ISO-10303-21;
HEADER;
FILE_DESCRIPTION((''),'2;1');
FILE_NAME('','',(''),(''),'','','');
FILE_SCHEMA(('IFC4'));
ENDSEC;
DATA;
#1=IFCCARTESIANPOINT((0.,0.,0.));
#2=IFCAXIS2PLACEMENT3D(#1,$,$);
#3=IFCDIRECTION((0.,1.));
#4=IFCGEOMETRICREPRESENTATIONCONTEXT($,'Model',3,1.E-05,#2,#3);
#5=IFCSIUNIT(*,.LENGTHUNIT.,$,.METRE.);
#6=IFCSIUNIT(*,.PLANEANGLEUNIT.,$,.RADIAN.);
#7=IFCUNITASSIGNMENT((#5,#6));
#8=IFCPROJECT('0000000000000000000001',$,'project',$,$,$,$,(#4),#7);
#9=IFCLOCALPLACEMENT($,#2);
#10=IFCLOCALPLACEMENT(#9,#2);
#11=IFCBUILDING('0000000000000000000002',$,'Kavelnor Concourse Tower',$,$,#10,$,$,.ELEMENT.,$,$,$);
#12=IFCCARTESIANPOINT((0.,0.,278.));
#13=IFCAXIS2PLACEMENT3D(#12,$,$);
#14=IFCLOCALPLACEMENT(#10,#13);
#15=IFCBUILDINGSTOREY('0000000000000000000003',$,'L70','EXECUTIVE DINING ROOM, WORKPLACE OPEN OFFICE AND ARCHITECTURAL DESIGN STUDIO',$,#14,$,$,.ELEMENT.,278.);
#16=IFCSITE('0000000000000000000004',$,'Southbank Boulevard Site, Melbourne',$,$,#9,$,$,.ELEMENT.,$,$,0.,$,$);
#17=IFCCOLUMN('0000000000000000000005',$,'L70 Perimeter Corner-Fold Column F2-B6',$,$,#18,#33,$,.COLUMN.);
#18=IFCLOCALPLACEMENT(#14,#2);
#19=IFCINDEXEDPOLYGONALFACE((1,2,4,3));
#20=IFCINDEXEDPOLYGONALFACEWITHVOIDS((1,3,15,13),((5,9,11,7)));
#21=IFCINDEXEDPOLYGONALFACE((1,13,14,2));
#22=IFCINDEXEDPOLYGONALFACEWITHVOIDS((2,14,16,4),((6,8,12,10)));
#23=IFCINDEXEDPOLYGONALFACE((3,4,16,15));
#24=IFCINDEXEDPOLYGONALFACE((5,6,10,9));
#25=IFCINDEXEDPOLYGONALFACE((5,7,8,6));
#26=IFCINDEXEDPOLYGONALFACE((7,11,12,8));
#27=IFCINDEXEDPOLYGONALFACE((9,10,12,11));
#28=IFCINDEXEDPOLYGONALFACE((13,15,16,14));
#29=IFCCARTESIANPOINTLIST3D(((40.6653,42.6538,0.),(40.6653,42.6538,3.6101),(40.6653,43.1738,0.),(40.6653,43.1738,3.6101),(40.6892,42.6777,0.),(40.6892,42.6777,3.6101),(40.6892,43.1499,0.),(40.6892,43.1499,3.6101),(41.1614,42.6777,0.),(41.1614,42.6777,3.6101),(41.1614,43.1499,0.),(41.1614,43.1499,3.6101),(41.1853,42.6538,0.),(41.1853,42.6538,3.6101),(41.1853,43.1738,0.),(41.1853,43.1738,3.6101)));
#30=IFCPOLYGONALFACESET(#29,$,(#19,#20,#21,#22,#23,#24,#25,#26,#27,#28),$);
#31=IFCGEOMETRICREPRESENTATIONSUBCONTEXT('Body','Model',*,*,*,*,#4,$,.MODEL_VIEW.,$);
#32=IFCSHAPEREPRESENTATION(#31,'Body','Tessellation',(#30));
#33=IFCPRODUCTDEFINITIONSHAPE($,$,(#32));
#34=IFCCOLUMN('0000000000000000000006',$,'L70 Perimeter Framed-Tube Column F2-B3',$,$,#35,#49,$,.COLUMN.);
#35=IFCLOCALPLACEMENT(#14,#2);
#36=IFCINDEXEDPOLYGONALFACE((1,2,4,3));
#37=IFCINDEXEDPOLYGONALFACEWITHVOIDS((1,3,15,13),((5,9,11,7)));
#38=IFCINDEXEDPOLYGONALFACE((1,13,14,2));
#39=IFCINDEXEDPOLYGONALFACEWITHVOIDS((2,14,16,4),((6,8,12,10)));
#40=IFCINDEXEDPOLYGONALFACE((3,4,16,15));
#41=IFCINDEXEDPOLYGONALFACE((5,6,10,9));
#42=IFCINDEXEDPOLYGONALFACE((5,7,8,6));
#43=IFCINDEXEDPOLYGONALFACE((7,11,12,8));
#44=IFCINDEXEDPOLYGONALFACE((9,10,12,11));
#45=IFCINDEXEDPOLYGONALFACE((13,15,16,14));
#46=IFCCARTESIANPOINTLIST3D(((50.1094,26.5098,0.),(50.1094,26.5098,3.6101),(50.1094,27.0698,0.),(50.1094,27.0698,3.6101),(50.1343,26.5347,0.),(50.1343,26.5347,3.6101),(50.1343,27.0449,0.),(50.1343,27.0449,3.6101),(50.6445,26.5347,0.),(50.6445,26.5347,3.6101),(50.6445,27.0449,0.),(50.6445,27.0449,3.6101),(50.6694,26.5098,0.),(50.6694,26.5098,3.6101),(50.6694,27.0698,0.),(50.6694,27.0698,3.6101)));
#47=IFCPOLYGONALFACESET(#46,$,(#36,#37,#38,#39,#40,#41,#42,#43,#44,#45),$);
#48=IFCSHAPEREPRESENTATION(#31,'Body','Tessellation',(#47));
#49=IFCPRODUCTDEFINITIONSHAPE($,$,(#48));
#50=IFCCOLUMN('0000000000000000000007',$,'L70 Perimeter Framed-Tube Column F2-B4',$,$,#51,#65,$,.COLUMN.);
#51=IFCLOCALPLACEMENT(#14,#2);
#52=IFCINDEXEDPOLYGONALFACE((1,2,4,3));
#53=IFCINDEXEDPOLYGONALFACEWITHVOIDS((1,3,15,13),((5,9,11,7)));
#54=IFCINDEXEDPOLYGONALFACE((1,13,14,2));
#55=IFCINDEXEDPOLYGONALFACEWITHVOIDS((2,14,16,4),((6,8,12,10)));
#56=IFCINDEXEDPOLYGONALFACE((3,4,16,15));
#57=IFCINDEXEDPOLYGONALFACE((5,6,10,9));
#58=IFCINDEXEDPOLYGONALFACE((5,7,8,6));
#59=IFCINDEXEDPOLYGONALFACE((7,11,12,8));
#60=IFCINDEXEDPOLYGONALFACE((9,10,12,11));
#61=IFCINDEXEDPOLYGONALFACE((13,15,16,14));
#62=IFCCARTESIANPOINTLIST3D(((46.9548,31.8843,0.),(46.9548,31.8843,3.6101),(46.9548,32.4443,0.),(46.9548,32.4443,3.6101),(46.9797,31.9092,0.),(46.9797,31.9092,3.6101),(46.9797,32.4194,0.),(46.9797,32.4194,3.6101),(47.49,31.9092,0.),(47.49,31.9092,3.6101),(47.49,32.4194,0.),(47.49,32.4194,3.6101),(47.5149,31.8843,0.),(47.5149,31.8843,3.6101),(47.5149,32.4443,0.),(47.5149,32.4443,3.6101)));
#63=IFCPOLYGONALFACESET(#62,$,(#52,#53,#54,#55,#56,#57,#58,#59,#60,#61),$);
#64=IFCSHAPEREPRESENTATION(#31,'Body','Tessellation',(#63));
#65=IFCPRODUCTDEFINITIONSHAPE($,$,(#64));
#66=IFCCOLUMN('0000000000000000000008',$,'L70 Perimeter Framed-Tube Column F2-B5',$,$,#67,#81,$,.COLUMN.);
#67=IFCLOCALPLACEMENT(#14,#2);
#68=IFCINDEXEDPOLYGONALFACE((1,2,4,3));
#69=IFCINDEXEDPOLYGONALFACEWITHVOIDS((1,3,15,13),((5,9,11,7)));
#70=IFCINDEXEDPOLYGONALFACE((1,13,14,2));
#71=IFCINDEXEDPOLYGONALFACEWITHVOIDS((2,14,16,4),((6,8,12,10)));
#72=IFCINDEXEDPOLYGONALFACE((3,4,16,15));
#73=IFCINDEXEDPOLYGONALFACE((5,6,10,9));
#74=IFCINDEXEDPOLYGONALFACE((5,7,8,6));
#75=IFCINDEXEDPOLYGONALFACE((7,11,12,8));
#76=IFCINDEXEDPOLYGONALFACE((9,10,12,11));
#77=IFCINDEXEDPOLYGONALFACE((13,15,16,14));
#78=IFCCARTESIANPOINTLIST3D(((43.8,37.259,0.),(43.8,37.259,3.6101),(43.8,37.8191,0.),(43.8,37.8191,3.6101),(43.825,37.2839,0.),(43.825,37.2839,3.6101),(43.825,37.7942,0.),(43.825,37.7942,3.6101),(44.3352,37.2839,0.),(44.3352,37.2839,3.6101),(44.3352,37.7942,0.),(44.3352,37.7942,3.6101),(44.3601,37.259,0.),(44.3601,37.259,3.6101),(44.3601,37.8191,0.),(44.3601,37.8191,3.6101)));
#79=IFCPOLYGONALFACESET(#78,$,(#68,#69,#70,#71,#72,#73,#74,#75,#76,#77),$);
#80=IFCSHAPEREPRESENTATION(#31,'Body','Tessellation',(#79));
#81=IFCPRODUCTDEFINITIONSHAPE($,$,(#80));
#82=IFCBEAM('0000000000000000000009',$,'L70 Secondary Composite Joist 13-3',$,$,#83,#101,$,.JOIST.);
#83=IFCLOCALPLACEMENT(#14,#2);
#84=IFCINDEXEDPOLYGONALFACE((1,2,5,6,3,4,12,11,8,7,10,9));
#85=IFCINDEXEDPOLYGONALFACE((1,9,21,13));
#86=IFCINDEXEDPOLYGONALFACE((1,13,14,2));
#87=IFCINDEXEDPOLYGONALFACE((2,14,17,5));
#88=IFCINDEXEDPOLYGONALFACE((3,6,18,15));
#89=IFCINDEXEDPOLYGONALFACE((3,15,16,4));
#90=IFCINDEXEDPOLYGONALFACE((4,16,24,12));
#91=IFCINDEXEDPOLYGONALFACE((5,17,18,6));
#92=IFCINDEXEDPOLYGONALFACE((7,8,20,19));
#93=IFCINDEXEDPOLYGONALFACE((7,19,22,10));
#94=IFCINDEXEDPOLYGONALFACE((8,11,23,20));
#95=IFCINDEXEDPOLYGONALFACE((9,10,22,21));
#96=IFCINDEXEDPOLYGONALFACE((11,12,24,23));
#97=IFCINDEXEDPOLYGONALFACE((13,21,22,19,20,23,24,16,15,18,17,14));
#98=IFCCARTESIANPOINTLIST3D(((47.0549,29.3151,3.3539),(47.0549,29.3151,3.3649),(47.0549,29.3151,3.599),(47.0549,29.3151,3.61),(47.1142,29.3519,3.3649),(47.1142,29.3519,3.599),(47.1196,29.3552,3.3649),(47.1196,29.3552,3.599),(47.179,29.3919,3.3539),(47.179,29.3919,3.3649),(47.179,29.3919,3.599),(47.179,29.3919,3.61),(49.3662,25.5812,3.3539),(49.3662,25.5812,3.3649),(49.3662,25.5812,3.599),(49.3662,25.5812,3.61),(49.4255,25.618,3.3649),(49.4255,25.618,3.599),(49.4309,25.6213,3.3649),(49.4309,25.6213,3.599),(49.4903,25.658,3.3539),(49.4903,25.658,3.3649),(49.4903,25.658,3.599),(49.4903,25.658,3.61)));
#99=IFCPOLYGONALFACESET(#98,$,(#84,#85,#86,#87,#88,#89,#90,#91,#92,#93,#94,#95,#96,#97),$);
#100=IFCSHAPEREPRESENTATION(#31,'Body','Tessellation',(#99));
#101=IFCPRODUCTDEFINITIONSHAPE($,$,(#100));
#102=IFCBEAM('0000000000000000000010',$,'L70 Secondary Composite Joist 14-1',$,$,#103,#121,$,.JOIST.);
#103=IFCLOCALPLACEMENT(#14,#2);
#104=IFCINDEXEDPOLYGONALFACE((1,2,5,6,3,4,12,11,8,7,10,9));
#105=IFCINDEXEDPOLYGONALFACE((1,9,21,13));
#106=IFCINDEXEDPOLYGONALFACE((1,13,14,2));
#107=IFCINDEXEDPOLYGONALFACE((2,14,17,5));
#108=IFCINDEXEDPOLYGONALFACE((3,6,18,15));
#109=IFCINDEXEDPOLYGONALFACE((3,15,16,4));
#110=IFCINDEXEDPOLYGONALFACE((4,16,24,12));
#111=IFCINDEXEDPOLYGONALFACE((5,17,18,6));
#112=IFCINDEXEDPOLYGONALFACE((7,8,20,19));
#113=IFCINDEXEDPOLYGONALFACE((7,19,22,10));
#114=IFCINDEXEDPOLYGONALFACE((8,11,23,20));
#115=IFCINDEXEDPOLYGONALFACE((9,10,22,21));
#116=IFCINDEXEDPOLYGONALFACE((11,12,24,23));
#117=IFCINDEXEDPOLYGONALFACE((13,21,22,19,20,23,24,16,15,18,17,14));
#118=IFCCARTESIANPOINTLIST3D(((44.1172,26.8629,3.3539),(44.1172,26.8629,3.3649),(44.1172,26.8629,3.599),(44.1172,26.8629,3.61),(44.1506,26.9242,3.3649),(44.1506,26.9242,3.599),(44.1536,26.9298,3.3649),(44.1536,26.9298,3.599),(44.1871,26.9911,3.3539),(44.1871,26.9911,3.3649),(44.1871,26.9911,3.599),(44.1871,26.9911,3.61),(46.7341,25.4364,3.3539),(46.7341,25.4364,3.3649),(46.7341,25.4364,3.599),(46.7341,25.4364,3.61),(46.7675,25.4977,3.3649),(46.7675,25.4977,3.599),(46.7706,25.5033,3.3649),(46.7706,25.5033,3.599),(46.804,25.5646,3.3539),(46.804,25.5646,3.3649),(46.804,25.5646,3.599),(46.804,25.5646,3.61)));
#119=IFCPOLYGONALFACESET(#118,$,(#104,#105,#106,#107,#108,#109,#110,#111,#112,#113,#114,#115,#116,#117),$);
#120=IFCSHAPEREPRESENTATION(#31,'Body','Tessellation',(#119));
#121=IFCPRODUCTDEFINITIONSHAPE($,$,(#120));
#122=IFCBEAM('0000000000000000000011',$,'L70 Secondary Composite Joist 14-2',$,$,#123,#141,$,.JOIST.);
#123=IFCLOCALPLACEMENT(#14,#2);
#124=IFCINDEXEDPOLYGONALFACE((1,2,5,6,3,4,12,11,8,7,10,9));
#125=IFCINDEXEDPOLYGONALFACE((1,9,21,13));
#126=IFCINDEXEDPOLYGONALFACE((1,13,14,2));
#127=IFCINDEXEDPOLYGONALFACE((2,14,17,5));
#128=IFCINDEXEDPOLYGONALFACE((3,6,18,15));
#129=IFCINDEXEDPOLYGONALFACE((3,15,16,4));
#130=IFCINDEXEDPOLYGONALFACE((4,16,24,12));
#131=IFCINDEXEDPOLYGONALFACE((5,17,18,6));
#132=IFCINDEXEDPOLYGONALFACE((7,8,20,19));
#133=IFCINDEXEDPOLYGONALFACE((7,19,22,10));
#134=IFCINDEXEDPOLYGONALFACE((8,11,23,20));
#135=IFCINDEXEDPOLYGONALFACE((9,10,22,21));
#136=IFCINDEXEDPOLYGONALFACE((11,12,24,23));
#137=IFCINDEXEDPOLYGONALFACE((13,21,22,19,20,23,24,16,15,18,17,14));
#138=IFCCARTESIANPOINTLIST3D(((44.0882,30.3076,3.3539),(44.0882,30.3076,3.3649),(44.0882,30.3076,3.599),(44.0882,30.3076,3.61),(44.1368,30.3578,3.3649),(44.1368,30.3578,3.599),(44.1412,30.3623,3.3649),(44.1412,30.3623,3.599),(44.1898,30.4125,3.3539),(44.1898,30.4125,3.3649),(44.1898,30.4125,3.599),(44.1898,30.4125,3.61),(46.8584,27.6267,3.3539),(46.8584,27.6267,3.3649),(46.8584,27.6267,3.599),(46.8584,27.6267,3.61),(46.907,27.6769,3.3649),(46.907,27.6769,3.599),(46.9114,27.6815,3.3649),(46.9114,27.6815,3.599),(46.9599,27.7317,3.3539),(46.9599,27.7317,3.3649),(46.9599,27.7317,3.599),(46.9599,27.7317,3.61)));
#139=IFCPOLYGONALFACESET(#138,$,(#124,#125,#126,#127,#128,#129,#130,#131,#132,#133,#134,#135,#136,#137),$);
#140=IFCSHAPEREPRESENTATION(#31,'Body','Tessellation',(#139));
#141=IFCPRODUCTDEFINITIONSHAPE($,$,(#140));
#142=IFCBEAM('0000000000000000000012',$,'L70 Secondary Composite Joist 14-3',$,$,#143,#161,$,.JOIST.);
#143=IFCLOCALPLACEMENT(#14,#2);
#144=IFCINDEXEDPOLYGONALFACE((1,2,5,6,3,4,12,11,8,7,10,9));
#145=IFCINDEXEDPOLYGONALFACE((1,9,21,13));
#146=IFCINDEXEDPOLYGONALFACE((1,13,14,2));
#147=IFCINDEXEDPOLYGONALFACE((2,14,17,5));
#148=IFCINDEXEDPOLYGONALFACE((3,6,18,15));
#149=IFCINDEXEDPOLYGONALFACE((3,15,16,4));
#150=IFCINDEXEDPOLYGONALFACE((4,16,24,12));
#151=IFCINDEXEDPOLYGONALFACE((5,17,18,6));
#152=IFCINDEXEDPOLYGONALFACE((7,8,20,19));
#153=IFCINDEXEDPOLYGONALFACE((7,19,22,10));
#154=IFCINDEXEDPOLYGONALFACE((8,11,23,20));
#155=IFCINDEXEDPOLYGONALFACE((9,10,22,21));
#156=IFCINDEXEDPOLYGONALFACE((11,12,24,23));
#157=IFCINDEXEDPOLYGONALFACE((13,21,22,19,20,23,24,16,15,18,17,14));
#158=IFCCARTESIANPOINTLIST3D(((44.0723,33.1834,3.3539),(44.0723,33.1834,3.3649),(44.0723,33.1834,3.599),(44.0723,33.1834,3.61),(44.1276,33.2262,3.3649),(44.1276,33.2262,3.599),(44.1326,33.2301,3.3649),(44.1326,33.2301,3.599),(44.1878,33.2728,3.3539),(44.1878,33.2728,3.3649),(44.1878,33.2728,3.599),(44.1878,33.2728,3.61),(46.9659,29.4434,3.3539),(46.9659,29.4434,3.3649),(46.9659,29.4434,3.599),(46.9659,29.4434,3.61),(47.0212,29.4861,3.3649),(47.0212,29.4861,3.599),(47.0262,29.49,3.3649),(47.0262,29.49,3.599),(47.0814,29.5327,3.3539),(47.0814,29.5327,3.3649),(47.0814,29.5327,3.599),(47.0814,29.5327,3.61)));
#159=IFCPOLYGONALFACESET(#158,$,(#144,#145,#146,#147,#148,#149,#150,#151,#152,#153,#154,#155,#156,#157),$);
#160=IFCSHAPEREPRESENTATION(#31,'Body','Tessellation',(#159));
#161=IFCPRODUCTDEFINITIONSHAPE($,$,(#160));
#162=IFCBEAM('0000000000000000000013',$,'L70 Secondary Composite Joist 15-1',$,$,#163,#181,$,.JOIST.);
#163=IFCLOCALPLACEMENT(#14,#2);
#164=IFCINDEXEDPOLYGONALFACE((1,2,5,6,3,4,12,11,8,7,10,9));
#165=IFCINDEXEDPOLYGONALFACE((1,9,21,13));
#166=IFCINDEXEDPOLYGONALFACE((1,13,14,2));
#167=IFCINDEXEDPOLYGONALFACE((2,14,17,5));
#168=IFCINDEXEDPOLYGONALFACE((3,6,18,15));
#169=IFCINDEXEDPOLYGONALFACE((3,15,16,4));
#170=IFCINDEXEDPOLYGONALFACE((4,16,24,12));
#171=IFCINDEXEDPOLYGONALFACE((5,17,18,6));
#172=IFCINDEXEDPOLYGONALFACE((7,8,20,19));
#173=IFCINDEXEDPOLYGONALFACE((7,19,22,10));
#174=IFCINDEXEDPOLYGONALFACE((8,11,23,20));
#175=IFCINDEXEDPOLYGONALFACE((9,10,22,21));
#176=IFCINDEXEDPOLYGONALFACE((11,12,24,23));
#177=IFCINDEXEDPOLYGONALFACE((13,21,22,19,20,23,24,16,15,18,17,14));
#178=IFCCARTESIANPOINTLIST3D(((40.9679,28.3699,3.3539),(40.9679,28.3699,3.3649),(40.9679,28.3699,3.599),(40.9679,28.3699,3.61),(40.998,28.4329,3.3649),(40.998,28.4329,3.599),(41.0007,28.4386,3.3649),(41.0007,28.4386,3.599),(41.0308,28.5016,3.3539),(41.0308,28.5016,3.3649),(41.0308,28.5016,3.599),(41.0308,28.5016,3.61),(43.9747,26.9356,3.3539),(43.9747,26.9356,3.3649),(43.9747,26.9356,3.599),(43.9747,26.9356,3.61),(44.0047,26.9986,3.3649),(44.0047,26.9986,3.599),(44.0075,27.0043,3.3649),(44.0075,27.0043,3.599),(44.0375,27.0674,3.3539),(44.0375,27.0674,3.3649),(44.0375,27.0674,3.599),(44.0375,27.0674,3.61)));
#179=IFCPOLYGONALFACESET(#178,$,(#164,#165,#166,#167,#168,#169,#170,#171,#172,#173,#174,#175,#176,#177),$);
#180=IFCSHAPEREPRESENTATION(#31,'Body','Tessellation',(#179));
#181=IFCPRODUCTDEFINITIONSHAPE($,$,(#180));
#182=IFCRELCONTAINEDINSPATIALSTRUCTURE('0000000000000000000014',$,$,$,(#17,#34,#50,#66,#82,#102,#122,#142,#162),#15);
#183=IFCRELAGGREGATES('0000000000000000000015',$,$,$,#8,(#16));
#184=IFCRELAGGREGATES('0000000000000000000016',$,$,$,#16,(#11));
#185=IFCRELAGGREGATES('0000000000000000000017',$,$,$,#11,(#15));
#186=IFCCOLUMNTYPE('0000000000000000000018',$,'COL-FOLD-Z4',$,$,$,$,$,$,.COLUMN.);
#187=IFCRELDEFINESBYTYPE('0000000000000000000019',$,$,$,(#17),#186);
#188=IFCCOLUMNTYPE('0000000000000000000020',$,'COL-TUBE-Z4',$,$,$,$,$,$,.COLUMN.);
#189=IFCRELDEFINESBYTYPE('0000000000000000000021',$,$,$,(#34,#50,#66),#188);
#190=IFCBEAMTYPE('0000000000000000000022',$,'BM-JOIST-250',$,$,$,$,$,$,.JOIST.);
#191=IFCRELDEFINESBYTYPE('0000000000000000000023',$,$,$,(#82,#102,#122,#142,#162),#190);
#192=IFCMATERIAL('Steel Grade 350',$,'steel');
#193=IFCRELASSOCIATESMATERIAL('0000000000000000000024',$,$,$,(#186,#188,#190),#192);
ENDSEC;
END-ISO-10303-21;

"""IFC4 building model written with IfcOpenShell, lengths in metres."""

from ifc_helpers import new_model, si_unit, direction, frame, origin, origin_2d, place, context, subcontext, project, spatial, hollow_rectangle, i_section, extrude, material, material_profile, profile_set, type_object, element, save


model = new_model("IFC4")

# Units and contexts
model_context = context("Model", 3, precision=1e-05, world=origin(), true_north=direction((0.0, 1.0)))
body_context = subcontext(model_context, "Body", "Model", "MODEL_VIEW")
ifc_project = project(units=[si_unit("LENGTHUNIT", "METRE"), si_unit("PLANEANGLEUNIT", "RADIAN")], contexts=[model_context])

# Site, building, storey
site_placement = place(None, origin())
site = spatial("IfcSite", under=ifc_project, at=site_placement, Name="Southbank Boulevard Site, Melbourne", CompositionType="ELEMENT", RefElevation=0.0)
building_placement = place(site_placement, origin())
building = spatial("IfcBuilding", under=site, at=building_placement, Name="Kavelnor Concourse Tower", CompositionType="ELEMENT")
storey_placement = place(building_placement, frame((0.0, 0.0, 278.0)))
storey = spatial("IfcBuildingStorey", under=building, at=storey_placement, Name="L70", Description="EXECUTIVE DINING ROOM, WORKPLACE OPEN OFFICE AND ARCHITECTURAL DESIGN STUDIO", CompositionType="ELEMENT", Elevation=278.0)

# Columns
ifc_material_1 = material(Name="Steel Grade 350", Category="steel")
ifc_material_profile_1 = material_profile(ifc_material_1, hollow_rectangle(XDim=0.52, YDim=0.52, WallThickness=0.0239, at=origin_2d()), Name="SHS 520x520x24")
ifc_profile_set_1 = profile_set([ifc_material_profile_1], Name="Steel Grade 350")
column_type_1 = type_object("IfcColumnType", Name="COL-FOLD-Z4", PredefinedType="COLUMN", material=ifc_profile_set_1)
column_placement = place(storey_placement, frame((40.9253, 42.9138, 0.0), z_axis=(0.0, 0.0, 1.0), x_axis=(1.0, 0.0, 0.0)))
element("IfcColumn", 1, at=column_placement, inside=storey, type_object=column_type_1, Name="L70 Perimeter Corner-Fold Column F2-B6", PredefinedType="COLUMN", context=body_context, shape_type="SweptSolid", body=[
    extrude(hollow_rectangle(XDim=0.52, YDim=0.52, WallThickness=0.0239, at=origin_2d()), origin(), (0.0, 0.0, 1.0), 3.6101),
])
ifc_material_profile_2 = material_profile(ifc_material_1, hollow_rectangle(XDim=0.5601, YDim=0.5601, WallThickness=0.0249, at=origin_2d()), Name="SHS 560x560x25")
ifc_profile_set_2 = profile_set([ifc_material_profile_2], Name="Steel Grade 350")
column_type_2 = type_object("IfcColumnType", Name="COL-TUBE-Z4", PredefinedType="COLUMN", material=ifc_profile_set_2)
for number, where, z_axis, x_axis, name in (
    (2, (50.3894, 26.7898, 0.0), (0.0, 0.0, 1.0), (1.0, 0.0, 0.0), "L70 Perimeter Framed-Tube Column F2-B3"),
    (3, (47.2349, 32.1643, 0.0), (0.0, 0.0, 1.0), (1.0, 0.0, 0.0), "L70 Perimeter Framed-Tube Column F2-B4"),
    (4, (44.0801, 37.5391, 0.0), (0.0, 0.0, 1.0), (1.0, 0.0, 0.0), "L70 Perimeter Framed-Tube Column F2-B5"),
):
    element("IfcColumn", number, at=place(storey_placement, frame(where, z_axis=z_axis, x_axis=x_axis)), inside=storey, type_object=column_type_2, Name=name, PredefinedType="COLUMN", context=body_context, shape_type="SweptSolid", body=[
        extrude(hollow_rectangle(XDim=0.5601, YDim=0.5601, WallThickness=0.0249, at=origin_2d()), origin(), (0.0, 0.0, 1.0), 3.6101),
    ])

# Beams
ifc_material_profile_3 = material_profile(ifc_material_1, i_section(OverallWidth=0.146, OverallDepth=0.2561, WebThickness=0.0063, FlangeThickness=0.011, at=origin_2d()), Name="250UB37")
ifc_profile_set_3 = profile_set([ifc_material_profile_3], Name="Steel Grade 350")
beam_type_1 = type_object("IfcBeamType", Name="BM-JOIST-250", PredefinedType="JOIST", material=ifc_profile_set_3)
beam_1_placement = place(storey_placement, frame((49.4282, 25.6196, 3.4819), z_axis=(-0.526326, 0.850283, 0.0), x_axis=(-0.850283, -0.526326, 0.0)))
element("IfcBeam", 5, at=beam_1_placement, inside=storey, type_object=beam_type_1, Name="L70 Secondary Composite Joist 13-3", PredefinedType="JOIST", context=body_context, shape_type="SweptSolid", body=[
    extrude(i_section(OverallWidth=0.146, OverallDepth=0.2561, WebThickness=0.0063, FlangeThickness=0.011, at=origin_2d()), origin(), (0.0, 0.0, 1.0), 4.3914),
])
beam_2_placement = place(storey_placement, frame((46.769, 25.5005, 3.4819), z_axis=(-0.878024, 0.478617, 0.0), x_axis=(-0.478617, -0.878024, 0.0)))
element("IfcBeam", 6, at=beam_2_placement, inside=storey, type_object=beam_type_1, Name="L70 Secondary Composite Joist 14-1", PredefinedType="JOIST", context=body_context, shape_type="SweptSolid", body=[
    extrude(i_section(OverallWidth=0.146, OverallDepth=0.2561, WebThickness=0.0063, FlangeThickness=0.011, at=origin_2d()), origin(), (0.0, 0.0, 1.0), 2.9805),
])
beam_3_placement = place(storey_placement, frame((46.9092, 27.6792, 3.4819), z_axis=(-0.718601, 0.695422, 0.0), x_axis=(-0.695422, -0.718601, 0.0)))
element("IfcBeam", 7, at=beam_3_placement, inside=storey, type_object=beam_type_1, Name="L70 Secondary Composite Joist 14-2", PredefinedType="JOIST", context=body_context, shape_type="SweptSolid", body=[
    extrude(i_section(OverallWidth=0.146, OverallDepth=0.2561, WebThickness=0.0063, FlangeThickness=0.011, at=origin_2d()), origin(), (0.0, 0.0, 1.0), 3.855),
])
beam_4_placement = place(storey_placement, frame((47.0237, 29.488, 3.4819), z_axis=(-0.611919, 0.79092, 0.0), x_axis=(-0.79092, -0.611919, 0.0)))
element("IfcBeam", 8, at=beam_4_placement, inside=storey, type_object=beam_type_1, Name="L70 Secondary Composite Joist 14-3", PredefinedType="JOIST", context=body_context, shape_type="SweptSolid", body=[
    extrude(i_section(OverallWidth=0.146, OverallDepth=0.2561, WebThickness=0.0063, FlangeThickness=0.011, at=origin_2d()), origin(), (0.0, 0.0, 1.0), 4.7288),
])
beam_5_placement = place(storey_placement, frame((44.0061, 27.0015, 3.4819), z_axis=(-0.902569, 0.430545, 0.0), x_axis=(-0.430545, -0.902569, 0.0)))
element("IfcBeam", 9, at=beam_5_placement, inside=storey, type_object=beam_type_1, Name="L70 Secondary Composite Joist 15-1", PredefinedType="JOIST", context=body_context, shape_type="SweptSolid", body=[
    extrude(i_section(OverallWidth=0.146, OverallDepth=0.2561, WebThickness=0.0063, FlangeThickness=0.011, at=origin_2d()), origin(), (0.0, 0.0, 1.0), 3.3313),
])

save(model, "model.ifc")
